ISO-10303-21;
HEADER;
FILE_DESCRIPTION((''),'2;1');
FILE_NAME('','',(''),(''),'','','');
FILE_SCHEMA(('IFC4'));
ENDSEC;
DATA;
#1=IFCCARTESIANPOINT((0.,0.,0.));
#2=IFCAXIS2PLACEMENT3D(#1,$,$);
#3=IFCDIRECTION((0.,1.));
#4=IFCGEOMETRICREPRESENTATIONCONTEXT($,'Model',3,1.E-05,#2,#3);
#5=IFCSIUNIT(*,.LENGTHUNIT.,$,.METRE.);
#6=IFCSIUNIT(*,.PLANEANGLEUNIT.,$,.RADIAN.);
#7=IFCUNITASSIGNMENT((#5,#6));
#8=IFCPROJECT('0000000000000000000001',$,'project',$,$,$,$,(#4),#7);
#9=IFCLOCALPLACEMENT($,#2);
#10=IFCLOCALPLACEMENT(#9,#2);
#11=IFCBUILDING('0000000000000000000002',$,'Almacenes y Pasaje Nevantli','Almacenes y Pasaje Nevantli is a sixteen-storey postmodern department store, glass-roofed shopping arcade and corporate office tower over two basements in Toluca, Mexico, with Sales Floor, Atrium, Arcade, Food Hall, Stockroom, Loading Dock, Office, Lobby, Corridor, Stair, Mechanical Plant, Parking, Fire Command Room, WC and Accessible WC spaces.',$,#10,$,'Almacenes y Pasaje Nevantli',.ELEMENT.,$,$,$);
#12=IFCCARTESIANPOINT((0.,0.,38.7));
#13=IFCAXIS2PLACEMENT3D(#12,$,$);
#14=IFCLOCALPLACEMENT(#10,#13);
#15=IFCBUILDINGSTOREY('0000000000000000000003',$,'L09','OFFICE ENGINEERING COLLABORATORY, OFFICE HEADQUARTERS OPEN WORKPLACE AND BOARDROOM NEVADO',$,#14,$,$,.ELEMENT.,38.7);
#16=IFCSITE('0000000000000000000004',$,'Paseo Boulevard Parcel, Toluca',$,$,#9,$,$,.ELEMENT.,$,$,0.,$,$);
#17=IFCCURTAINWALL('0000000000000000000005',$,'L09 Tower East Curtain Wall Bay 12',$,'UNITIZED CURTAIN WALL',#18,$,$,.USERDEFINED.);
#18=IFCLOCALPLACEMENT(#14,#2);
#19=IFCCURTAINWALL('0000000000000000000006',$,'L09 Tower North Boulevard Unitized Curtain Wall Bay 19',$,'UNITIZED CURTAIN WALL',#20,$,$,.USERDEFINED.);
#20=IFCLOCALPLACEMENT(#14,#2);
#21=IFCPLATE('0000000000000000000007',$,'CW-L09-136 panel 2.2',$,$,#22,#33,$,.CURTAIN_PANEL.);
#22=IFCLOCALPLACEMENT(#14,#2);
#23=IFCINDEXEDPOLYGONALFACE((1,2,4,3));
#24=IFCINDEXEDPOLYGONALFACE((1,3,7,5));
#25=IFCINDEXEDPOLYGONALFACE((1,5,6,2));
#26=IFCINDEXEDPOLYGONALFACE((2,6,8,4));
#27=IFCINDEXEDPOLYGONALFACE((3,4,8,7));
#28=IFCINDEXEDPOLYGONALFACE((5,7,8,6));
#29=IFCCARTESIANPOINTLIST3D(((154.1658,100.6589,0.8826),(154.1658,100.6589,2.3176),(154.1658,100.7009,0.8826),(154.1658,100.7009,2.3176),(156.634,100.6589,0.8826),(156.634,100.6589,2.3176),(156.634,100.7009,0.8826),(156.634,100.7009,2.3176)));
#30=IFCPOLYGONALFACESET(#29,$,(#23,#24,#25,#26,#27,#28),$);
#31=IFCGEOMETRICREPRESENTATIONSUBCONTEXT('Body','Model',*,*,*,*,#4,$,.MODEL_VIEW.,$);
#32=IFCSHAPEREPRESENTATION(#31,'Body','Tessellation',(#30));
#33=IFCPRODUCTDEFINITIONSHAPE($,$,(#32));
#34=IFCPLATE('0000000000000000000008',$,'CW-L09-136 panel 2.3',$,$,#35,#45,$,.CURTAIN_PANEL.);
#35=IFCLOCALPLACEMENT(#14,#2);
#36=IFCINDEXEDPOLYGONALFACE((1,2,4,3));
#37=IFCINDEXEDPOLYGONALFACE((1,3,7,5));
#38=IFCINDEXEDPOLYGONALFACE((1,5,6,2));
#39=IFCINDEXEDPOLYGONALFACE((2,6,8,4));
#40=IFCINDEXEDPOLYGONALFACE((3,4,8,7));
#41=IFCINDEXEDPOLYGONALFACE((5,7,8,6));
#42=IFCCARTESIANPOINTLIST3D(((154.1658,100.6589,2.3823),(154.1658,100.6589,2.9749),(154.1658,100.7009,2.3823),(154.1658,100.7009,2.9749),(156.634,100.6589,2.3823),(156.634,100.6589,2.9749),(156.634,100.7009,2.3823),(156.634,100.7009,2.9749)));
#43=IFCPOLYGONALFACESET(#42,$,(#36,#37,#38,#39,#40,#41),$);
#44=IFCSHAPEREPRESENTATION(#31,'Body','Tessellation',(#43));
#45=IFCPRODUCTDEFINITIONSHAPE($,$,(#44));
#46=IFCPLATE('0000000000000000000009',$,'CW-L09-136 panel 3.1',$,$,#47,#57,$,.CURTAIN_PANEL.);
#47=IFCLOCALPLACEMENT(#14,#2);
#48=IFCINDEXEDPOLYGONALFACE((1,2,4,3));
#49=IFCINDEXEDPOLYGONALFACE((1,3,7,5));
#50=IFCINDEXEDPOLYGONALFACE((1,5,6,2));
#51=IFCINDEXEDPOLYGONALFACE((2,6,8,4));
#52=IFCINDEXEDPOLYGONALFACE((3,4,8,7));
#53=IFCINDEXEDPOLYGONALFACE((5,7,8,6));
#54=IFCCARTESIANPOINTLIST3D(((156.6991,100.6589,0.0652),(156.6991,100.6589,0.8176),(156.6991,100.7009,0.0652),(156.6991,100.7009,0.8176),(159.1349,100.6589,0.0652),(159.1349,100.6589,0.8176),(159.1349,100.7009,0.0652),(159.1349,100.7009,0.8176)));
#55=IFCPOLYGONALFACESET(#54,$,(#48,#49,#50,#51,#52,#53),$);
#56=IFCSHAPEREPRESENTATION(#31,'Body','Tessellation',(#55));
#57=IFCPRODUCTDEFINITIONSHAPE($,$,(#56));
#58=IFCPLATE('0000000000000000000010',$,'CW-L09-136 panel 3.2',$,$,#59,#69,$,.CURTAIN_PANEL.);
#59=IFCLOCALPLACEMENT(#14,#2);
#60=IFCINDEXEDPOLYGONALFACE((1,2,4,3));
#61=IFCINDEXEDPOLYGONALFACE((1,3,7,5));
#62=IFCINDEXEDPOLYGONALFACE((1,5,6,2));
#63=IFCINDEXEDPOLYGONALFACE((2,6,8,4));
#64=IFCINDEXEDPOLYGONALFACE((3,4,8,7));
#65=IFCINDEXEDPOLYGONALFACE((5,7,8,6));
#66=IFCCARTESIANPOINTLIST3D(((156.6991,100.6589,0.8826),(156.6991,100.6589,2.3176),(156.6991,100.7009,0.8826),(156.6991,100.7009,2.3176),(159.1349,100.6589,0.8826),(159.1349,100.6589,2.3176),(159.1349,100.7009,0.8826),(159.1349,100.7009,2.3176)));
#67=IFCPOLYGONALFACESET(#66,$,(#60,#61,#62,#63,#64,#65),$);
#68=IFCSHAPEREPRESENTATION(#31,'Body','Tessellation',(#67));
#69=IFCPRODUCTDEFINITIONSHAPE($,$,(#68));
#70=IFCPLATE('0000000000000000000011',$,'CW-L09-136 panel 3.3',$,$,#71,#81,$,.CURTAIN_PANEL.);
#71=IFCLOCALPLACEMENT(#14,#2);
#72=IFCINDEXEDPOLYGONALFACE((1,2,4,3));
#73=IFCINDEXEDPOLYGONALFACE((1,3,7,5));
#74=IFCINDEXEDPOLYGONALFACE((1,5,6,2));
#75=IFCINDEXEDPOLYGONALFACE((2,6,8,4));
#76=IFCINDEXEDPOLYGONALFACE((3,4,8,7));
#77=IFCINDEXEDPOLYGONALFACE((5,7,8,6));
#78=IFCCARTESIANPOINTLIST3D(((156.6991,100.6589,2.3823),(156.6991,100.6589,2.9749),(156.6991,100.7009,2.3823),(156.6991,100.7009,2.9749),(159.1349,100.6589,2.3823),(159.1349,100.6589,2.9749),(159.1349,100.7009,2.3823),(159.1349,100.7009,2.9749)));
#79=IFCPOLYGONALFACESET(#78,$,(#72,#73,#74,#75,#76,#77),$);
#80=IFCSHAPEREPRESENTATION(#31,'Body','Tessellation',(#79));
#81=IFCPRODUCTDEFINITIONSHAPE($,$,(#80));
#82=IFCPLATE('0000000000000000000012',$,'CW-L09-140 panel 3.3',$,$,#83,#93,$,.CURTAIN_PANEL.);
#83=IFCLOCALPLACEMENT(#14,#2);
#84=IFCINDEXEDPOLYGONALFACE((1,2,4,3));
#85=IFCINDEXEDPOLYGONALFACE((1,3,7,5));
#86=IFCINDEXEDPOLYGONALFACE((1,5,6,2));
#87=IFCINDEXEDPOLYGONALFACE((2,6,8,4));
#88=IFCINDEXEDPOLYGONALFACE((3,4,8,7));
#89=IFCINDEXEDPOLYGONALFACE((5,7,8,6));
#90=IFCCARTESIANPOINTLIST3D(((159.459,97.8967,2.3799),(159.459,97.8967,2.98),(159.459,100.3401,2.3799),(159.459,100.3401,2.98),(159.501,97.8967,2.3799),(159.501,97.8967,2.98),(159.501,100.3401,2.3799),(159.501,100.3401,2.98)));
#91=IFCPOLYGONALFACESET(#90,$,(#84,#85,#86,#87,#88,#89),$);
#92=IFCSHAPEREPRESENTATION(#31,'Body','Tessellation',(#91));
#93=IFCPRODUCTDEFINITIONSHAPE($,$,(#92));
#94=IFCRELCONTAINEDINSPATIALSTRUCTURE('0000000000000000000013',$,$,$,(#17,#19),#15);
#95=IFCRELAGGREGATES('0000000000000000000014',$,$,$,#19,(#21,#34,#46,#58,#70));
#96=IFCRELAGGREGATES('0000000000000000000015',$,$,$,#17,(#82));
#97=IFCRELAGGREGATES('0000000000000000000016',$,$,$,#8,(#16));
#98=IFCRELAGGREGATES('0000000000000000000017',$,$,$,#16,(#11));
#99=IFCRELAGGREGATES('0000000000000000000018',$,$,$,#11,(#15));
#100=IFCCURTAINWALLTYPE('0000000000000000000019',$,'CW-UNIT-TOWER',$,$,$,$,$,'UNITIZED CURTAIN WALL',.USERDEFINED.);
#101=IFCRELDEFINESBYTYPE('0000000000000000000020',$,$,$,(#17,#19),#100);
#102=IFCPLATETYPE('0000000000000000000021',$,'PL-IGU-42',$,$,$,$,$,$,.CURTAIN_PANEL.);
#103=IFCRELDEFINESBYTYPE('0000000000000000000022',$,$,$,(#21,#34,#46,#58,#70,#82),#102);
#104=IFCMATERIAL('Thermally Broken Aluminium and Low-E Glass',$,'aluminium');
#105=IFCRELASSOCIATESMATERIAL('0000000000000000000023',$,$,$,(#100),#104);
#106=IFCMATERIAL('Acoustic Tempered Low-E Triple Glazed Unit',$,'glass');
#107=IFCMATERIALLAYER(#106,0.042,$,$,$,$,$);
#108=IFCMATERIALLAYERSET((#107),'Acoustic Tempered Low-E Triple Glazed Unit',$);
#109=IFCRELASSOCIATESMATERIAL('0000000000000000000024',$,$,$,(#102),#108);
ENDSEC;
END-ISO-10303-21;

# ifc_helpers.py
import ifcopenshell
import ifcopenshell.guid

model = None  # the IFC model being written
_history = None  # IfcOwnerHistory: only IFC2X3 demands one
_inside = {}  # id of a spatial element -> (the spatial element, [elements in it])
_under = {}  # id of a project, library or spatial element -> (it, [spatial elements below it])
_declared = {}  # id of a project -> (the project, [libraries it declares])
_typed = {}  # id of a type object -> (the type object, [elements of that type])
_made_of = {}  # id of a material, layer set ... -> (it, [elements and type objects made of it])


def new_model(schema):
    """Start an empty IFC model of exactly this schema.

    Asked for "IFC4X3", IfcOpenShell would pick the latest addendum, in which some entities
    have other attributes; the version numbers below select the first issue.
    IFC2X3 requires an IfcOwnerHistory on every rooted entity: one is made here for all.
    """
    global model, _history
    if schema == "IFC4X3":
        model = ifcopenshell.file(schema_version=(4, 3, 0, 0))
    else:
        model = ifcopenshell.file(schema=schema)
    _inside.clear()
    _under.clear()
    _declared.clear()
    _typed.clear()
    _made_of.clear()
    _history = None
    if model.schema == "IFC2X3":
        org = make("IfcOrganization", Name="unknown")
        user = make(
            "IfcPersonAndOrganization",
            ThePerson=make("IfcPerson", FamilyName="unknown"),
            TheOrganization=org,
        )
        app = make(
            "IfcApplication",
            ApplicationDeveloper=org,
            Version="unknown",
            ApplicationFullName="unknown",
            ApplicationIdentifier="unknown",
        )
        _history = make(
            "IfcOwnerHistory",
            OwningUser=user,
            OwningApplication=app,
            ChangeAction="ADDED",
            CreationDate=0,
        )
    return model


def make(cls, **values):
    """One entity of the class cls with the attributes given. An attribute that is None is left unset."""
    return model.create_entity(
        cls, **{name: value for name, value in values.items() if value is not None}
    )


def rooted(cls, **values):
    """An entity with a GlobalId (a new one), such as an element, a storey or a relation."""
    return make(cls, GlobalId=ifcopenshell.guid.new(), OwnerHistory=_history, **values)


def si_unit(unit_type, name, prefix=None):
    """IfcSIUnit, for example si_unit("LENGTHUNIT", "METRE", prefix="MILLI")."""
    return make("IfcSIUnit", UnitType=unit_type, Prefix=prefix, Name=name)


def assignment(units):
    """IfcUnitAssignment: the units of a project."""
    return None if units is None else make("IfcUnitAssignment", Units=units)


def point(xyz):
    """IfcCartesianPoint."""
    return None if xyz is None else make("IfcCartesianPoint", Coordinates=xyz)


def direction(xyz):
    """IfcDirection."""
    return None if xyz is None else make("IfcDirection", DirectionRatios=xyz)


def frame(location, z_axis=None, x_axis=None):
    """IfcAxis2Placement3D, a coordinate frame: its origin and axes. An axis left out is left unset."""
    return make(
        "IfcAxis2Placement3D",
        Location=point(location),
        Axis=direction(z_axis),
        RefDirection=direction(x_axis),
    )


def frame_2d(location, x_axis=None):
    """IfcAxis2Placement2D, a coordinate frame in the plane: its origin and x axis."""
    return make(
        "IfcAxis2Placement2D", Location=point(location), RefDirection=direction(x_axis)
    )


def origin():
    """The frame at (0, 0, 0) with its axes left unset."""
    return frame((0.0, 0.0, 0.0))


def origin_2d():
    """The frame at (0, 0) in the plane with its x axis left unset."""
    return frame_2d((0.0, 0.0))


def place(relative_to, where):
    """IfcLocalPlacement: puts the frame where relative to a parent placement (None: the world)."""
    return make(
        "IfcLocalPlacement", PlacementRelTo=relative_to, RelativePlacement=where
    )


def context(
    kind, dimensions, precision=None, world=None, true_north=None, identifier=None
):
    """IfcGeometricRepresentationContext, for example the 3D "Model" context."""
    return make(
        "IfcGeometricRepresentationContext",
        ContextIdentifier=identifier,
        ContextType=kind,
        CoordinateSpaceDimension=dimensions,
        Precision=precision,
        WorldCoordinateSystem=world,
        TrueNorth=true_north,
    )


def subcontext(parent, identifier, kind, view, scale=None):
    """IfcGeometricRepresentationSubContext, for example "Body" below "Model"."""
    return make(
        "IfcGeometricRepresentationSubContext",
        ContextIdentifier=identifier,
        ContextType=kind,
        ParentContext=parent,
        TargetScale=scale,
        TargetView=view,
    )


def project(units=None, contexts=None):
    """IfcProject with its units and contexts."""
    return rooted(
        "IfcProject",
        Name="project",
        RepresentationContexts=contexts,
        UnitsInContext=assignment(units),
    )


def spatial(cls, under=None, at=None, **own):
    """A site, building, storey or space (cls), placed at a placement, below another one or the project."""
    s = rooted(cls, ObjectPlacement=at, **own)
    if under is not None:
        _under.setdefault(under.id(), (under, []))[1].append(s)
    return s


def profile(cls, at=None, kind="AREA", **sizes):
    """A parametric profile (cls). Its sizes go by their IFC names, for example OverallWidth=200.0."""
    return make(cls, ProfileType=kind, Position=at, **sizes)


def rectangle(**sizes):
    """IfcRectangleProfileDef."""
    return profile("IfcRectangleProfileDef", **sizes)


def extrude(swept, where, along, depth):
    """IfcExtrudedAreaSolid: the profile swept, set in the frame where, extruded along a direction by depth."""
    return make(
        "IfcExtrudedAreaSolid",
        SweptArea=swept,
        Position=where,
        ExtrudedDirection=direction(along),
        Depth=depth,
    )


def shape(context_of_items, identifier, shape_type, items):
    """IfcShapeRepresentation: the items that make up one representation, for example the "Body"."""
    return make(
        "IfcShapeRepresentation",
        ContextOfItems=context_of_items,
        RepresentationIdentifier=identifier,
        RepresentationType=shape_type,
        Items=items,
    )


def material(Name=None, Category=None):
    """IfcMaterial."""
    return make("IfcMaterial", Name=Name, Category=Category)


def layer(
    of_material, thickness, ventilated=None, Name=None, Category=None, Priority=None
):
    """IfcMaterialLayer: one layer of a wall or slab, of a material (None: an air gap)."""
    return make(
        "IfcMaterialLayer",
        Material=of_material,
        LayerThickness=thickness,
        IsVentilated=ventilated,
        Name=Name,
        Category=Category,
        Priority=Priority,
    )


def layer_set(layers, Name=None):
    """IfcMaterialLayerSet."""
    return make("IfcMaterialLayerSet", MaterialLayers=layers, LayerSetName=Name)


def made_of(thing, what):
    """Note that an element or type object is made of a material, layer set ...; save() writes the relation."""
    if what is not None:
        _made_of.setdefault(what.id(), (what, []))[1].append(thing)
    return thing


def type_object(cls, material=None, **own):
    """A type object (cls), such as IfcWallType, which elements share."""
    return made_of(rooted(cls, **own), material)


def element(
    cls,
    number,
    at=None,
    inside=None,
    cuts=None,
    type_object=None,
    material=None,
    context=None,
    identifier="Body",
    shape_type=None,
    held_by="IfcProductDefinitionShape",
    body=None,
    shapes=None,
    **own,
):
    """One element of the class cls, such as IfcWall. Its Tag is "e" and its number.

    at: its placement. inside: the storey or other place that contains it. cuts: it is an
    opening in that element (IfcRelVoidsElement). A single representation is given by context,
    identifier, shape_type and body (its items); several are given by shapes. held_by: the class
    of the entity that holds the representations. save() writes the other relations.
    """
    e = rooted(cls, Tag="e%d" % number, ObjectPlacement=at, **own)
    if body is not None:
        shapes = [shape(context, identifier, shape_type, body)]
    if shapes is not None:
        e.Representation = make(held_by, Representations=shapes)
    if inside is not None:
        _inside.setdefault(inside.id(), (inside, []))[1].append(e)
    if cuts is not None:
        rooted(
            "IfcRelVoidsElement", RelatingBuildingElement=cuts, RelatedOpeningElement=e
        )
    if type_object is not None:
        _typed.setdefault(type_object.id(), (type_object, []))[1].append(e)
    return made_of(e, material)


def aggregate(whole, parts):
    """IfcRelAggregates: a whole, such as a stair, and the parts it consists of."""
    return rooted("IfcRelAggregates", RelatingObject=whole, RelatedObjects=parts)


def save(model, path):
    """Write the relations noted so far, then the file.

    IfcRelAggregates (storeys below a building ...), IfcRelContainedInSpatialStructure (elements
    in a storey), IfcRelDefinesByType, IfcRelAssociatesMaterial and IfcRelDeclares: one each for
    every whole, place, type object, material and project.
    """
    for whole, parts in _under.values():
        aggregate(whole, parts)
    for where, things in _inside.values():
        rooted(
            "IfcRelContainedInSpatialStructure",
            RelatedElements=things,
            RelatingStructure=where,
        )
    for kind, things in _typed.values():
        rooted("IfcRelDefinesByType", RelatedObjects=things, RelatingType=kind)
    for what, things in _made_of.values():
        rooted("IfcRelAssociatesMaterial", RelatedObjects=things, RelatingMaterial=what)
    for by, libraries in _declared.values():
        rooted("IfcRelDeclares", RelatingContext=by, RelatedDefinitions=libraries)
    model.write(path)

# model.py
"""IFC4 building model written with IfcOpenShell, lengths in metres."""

from ifc_helpers import new_model, si_unit, direction, frame, origin, origin_2d, place, context, subcontext, project, spatial, rectangle, extrude, material, layer, layer_set, type_object, element, aggregate, save


model = new_model("IFC4")

# Units and contexts
model_context = context("Model", 3, precision=1e-05, world=origin(), true_north=direction((0.0, 1.0)))
body_context = subcontext(model_context, "Body", "Model", "MODEL_VIEW")
ifc_project = project(units=[si_unit("LENGTHUNIT", "METRE"), si_unit("PLANEANGLEUNIT", "RADIAN")], contexts=[model_context])

# Site, building, storey
site_placement = place(None, origin())
site = spatial("IfcSite", under=ifc_project, at=site_placement, Name="Paseo Boulevard Parcel, Toluca", CompositionType="ELEMENT", RefElevation=0.0)
building_placement = place(site_placement, origin())
building = spatial("IfcBuilding", under=site, at=building_placement, Name="Almacenes y Pasaje Nevantli", Description="Almacenes y Pasaje Nevantli is a sixteen-storey postmodern department store, glass-roofed shopping arcade and corporate office tower over two basements in Toluca, Mexico, with Sales Floor, Atrium, Arcade, Food Hall, Stockroom, Loading Dock, Office, Lobby, Corridor, Stair, Mechanical Plant, Parking, Fire Command Room, WC and Accessible WC spaces.", LongName="Almacenes y Pasaje Nevantli", CompositionType="ELEMENT")
storey_placement = place(building_placement, frame((0.0, 0.0, 38.7)))
storey = spatial("IfcBuildingStorey", under=building, at=storey_placement, Name="L09", Description="OFFICE ENGINEERING COLLABORATORY, OFFICE HEADQUARTERS OPEN WORKPLACE AND BOARDROOM NEVADO", CompositionType="ELEMENT", Elevation=38.7)

# Curtain wall
ifc_material_1 = material(Name="Thermally Broken Aluminium and Low-E Glass", Category="aluminium")
curtain_wall_type = type_object("IfcCurtainWallType", Name="CW-UNIT-TOWER", ElementType="UNITIZED CURTAIN WALL", PredefinedType="USERDEFINED", material=ifc_material_1)
curtain_wall_1_placement = place(storey_placement, origin())
curtain_wall_1 = element("IfcCurtainWall", 1, at=curtain_wall_1_placement, inside=storey, type_object=curtain_wall_type, Name="L09 Tower East Curtain Wall Bay 12", ObjectType="UNITIZED CURTAIN WALL", PredefinedType="USERDEFINED")

# Curtain wall, plates
curtain_wall_2_placement = place(storey_placement, origin())
curtain_wall_2 = element("IfcCurtainWall", 2, at=curtain_wall_2_placement, inside=storey, type_object=curtain_wall_type, Name="L09 Tower North Boulevard Unitized Curtain Wall Bay 19", ObjectType="UNITIZED CURTAIN WALL", PredefinedType="USERDEFINED")
ifc_material_2 = material(Name="Acoustic Tempered Low-E Triple Glazed Unit", Category="glass")
ifc_layer = layer(ifc_material_2, 0.042)
ifc_layer_set = layer_set([ifc_layer], Name="Acoustic Tempered Low-E Triple Glazed Unit")
plate_type = type_object("IfcPlateType", Name="PL-IGU-42", PredefinedType="CURTAIN_PANEL", material=ifc_layer_set)
plate_1_placement = place(storey_placement, frame((155.3999, 100.6799, 0.8826), z_axis=(0.0, 0.0, 1.0), x_axis=(1.0, 0.0, 0.0)))
plate_1 = element("IfcPlate", 3, at=plate_1_placement, type_object=plate_type, Name="CW-L09-136 panel 2.2", PredefinedType="CURTAIN_PANEL", context=body_context, shape_type="SweptSolid", body=[
    extrude(rectangle(XDim=2.4683, YDim=0.042, at=origin_2d()), origin(), (0.0, 0.0, 1.0), 1.4351),
])
plate_2_placement = place(storey_placement, frame((155.3999, 100.6799, 2.3823), z_axis=(0.0, 0.0, 1.0), x_axis=(1.0, 0.0, 0.0)))
plate_2 = element("IfcPlate", 4, at=plate_2_placement, type_object=plate_type, Name="CW-L09-136 panel 2.3", PredefinedType="CURTAIN_PANEL", context=body_context, shape_type="SweptSolid", body=[
    extrude(rectangle(XDim=2.4683, YDim=0.042, at=origin_2d()), origin(), (0.0, 0.0, 1.0), 0.5925),
])
plate_3_placement = place(storey_placement, frame((157.917, 100.6799, 0.0652), z_axis=(0.0, 0.0, 1.0), x_axis=(1.0, 0.0, 0.0)))
plate_3 = element("IfcPlate", 5, at=plate_3_placement, type_object=plate_type, Name="CW-L09-136 panel 3.1", PredefinedType="CURTAIN_PANEL", context=body_context, shape_type="SweptSolid", body=[
    extrude(rectangle(XDim=2.4358, YDim=0.042, at=origin_2d()), origin(), (0.0, 0.0, 1.0), 0.7524),
])
plate_4_placement = place(storey_placement, frame((157.917, 100.6799, 0.8826), z_axis=(0.0, 0.0, 1.0), x_axis=(1.0, 0.0, 0.0)))
plate_4 = element("IfcPlate", 6, at=plate_4_placement, type_object=plate_type, Name="CW-L09-136 panel 3.2", PredefinedType="CURTAIN_PANEL", context=body_context, shape_type="SweptSolid", body=[
    extrude(rectangle(XDim=2.4358, YDim=0.042, at=origin_2d()), origin(), (0.0, 0.0, 1.0), 1.4351),
])
plate_5_placement = place(storey_placement, frame((157.917, 100.6799, 2.3823), z_axis=(0.0, 0.0, 1.0), x_axis=(1.0, 0.0, 0.0)))
plate_5 = element("IfcPlate", 7, at=plate_5_placement, type_object=plate_type, Name="CW-L09-136 panel 3.3", PredefinedType="CURTAIN_PANEL", context=body_context, shape_type="SweptSolid", body=[
    extrude(rectangle(XDim=2.4358, YDim=0.042, at=origin_2d()), origin(), (0.0, 0.0, 1.0), 0.5925),
])
aggregate(curtain_wall_2, [plate_1, plate_2, plate_3, plate_4, plate_5])

# Plate
plate_6_placement = place(storey_placement, frame((159.48, 99.1184, 2.3799), z_axis=(0.0, 0.0, 1.0), x_axis=(0.0, 1.0, 0.0)))
plate_6 = element("IfcPlate", 8, at=plate_6_placement, type_object=plate_type, Name="CW-L09-140 panel 3.3", PredefinedType="CURTAIN_PANEL", context=body_context, shape_type="SweptSolid", body=[
    extrude(rectangle(XDim=2.4434, YDim=0.042, at=origin_2d()), origin(), (0.0, 0.0, 1.0), 0.6001),
])
aggregate(curtain_wall_1, [plate_6])

save(model, "model.ifc")
